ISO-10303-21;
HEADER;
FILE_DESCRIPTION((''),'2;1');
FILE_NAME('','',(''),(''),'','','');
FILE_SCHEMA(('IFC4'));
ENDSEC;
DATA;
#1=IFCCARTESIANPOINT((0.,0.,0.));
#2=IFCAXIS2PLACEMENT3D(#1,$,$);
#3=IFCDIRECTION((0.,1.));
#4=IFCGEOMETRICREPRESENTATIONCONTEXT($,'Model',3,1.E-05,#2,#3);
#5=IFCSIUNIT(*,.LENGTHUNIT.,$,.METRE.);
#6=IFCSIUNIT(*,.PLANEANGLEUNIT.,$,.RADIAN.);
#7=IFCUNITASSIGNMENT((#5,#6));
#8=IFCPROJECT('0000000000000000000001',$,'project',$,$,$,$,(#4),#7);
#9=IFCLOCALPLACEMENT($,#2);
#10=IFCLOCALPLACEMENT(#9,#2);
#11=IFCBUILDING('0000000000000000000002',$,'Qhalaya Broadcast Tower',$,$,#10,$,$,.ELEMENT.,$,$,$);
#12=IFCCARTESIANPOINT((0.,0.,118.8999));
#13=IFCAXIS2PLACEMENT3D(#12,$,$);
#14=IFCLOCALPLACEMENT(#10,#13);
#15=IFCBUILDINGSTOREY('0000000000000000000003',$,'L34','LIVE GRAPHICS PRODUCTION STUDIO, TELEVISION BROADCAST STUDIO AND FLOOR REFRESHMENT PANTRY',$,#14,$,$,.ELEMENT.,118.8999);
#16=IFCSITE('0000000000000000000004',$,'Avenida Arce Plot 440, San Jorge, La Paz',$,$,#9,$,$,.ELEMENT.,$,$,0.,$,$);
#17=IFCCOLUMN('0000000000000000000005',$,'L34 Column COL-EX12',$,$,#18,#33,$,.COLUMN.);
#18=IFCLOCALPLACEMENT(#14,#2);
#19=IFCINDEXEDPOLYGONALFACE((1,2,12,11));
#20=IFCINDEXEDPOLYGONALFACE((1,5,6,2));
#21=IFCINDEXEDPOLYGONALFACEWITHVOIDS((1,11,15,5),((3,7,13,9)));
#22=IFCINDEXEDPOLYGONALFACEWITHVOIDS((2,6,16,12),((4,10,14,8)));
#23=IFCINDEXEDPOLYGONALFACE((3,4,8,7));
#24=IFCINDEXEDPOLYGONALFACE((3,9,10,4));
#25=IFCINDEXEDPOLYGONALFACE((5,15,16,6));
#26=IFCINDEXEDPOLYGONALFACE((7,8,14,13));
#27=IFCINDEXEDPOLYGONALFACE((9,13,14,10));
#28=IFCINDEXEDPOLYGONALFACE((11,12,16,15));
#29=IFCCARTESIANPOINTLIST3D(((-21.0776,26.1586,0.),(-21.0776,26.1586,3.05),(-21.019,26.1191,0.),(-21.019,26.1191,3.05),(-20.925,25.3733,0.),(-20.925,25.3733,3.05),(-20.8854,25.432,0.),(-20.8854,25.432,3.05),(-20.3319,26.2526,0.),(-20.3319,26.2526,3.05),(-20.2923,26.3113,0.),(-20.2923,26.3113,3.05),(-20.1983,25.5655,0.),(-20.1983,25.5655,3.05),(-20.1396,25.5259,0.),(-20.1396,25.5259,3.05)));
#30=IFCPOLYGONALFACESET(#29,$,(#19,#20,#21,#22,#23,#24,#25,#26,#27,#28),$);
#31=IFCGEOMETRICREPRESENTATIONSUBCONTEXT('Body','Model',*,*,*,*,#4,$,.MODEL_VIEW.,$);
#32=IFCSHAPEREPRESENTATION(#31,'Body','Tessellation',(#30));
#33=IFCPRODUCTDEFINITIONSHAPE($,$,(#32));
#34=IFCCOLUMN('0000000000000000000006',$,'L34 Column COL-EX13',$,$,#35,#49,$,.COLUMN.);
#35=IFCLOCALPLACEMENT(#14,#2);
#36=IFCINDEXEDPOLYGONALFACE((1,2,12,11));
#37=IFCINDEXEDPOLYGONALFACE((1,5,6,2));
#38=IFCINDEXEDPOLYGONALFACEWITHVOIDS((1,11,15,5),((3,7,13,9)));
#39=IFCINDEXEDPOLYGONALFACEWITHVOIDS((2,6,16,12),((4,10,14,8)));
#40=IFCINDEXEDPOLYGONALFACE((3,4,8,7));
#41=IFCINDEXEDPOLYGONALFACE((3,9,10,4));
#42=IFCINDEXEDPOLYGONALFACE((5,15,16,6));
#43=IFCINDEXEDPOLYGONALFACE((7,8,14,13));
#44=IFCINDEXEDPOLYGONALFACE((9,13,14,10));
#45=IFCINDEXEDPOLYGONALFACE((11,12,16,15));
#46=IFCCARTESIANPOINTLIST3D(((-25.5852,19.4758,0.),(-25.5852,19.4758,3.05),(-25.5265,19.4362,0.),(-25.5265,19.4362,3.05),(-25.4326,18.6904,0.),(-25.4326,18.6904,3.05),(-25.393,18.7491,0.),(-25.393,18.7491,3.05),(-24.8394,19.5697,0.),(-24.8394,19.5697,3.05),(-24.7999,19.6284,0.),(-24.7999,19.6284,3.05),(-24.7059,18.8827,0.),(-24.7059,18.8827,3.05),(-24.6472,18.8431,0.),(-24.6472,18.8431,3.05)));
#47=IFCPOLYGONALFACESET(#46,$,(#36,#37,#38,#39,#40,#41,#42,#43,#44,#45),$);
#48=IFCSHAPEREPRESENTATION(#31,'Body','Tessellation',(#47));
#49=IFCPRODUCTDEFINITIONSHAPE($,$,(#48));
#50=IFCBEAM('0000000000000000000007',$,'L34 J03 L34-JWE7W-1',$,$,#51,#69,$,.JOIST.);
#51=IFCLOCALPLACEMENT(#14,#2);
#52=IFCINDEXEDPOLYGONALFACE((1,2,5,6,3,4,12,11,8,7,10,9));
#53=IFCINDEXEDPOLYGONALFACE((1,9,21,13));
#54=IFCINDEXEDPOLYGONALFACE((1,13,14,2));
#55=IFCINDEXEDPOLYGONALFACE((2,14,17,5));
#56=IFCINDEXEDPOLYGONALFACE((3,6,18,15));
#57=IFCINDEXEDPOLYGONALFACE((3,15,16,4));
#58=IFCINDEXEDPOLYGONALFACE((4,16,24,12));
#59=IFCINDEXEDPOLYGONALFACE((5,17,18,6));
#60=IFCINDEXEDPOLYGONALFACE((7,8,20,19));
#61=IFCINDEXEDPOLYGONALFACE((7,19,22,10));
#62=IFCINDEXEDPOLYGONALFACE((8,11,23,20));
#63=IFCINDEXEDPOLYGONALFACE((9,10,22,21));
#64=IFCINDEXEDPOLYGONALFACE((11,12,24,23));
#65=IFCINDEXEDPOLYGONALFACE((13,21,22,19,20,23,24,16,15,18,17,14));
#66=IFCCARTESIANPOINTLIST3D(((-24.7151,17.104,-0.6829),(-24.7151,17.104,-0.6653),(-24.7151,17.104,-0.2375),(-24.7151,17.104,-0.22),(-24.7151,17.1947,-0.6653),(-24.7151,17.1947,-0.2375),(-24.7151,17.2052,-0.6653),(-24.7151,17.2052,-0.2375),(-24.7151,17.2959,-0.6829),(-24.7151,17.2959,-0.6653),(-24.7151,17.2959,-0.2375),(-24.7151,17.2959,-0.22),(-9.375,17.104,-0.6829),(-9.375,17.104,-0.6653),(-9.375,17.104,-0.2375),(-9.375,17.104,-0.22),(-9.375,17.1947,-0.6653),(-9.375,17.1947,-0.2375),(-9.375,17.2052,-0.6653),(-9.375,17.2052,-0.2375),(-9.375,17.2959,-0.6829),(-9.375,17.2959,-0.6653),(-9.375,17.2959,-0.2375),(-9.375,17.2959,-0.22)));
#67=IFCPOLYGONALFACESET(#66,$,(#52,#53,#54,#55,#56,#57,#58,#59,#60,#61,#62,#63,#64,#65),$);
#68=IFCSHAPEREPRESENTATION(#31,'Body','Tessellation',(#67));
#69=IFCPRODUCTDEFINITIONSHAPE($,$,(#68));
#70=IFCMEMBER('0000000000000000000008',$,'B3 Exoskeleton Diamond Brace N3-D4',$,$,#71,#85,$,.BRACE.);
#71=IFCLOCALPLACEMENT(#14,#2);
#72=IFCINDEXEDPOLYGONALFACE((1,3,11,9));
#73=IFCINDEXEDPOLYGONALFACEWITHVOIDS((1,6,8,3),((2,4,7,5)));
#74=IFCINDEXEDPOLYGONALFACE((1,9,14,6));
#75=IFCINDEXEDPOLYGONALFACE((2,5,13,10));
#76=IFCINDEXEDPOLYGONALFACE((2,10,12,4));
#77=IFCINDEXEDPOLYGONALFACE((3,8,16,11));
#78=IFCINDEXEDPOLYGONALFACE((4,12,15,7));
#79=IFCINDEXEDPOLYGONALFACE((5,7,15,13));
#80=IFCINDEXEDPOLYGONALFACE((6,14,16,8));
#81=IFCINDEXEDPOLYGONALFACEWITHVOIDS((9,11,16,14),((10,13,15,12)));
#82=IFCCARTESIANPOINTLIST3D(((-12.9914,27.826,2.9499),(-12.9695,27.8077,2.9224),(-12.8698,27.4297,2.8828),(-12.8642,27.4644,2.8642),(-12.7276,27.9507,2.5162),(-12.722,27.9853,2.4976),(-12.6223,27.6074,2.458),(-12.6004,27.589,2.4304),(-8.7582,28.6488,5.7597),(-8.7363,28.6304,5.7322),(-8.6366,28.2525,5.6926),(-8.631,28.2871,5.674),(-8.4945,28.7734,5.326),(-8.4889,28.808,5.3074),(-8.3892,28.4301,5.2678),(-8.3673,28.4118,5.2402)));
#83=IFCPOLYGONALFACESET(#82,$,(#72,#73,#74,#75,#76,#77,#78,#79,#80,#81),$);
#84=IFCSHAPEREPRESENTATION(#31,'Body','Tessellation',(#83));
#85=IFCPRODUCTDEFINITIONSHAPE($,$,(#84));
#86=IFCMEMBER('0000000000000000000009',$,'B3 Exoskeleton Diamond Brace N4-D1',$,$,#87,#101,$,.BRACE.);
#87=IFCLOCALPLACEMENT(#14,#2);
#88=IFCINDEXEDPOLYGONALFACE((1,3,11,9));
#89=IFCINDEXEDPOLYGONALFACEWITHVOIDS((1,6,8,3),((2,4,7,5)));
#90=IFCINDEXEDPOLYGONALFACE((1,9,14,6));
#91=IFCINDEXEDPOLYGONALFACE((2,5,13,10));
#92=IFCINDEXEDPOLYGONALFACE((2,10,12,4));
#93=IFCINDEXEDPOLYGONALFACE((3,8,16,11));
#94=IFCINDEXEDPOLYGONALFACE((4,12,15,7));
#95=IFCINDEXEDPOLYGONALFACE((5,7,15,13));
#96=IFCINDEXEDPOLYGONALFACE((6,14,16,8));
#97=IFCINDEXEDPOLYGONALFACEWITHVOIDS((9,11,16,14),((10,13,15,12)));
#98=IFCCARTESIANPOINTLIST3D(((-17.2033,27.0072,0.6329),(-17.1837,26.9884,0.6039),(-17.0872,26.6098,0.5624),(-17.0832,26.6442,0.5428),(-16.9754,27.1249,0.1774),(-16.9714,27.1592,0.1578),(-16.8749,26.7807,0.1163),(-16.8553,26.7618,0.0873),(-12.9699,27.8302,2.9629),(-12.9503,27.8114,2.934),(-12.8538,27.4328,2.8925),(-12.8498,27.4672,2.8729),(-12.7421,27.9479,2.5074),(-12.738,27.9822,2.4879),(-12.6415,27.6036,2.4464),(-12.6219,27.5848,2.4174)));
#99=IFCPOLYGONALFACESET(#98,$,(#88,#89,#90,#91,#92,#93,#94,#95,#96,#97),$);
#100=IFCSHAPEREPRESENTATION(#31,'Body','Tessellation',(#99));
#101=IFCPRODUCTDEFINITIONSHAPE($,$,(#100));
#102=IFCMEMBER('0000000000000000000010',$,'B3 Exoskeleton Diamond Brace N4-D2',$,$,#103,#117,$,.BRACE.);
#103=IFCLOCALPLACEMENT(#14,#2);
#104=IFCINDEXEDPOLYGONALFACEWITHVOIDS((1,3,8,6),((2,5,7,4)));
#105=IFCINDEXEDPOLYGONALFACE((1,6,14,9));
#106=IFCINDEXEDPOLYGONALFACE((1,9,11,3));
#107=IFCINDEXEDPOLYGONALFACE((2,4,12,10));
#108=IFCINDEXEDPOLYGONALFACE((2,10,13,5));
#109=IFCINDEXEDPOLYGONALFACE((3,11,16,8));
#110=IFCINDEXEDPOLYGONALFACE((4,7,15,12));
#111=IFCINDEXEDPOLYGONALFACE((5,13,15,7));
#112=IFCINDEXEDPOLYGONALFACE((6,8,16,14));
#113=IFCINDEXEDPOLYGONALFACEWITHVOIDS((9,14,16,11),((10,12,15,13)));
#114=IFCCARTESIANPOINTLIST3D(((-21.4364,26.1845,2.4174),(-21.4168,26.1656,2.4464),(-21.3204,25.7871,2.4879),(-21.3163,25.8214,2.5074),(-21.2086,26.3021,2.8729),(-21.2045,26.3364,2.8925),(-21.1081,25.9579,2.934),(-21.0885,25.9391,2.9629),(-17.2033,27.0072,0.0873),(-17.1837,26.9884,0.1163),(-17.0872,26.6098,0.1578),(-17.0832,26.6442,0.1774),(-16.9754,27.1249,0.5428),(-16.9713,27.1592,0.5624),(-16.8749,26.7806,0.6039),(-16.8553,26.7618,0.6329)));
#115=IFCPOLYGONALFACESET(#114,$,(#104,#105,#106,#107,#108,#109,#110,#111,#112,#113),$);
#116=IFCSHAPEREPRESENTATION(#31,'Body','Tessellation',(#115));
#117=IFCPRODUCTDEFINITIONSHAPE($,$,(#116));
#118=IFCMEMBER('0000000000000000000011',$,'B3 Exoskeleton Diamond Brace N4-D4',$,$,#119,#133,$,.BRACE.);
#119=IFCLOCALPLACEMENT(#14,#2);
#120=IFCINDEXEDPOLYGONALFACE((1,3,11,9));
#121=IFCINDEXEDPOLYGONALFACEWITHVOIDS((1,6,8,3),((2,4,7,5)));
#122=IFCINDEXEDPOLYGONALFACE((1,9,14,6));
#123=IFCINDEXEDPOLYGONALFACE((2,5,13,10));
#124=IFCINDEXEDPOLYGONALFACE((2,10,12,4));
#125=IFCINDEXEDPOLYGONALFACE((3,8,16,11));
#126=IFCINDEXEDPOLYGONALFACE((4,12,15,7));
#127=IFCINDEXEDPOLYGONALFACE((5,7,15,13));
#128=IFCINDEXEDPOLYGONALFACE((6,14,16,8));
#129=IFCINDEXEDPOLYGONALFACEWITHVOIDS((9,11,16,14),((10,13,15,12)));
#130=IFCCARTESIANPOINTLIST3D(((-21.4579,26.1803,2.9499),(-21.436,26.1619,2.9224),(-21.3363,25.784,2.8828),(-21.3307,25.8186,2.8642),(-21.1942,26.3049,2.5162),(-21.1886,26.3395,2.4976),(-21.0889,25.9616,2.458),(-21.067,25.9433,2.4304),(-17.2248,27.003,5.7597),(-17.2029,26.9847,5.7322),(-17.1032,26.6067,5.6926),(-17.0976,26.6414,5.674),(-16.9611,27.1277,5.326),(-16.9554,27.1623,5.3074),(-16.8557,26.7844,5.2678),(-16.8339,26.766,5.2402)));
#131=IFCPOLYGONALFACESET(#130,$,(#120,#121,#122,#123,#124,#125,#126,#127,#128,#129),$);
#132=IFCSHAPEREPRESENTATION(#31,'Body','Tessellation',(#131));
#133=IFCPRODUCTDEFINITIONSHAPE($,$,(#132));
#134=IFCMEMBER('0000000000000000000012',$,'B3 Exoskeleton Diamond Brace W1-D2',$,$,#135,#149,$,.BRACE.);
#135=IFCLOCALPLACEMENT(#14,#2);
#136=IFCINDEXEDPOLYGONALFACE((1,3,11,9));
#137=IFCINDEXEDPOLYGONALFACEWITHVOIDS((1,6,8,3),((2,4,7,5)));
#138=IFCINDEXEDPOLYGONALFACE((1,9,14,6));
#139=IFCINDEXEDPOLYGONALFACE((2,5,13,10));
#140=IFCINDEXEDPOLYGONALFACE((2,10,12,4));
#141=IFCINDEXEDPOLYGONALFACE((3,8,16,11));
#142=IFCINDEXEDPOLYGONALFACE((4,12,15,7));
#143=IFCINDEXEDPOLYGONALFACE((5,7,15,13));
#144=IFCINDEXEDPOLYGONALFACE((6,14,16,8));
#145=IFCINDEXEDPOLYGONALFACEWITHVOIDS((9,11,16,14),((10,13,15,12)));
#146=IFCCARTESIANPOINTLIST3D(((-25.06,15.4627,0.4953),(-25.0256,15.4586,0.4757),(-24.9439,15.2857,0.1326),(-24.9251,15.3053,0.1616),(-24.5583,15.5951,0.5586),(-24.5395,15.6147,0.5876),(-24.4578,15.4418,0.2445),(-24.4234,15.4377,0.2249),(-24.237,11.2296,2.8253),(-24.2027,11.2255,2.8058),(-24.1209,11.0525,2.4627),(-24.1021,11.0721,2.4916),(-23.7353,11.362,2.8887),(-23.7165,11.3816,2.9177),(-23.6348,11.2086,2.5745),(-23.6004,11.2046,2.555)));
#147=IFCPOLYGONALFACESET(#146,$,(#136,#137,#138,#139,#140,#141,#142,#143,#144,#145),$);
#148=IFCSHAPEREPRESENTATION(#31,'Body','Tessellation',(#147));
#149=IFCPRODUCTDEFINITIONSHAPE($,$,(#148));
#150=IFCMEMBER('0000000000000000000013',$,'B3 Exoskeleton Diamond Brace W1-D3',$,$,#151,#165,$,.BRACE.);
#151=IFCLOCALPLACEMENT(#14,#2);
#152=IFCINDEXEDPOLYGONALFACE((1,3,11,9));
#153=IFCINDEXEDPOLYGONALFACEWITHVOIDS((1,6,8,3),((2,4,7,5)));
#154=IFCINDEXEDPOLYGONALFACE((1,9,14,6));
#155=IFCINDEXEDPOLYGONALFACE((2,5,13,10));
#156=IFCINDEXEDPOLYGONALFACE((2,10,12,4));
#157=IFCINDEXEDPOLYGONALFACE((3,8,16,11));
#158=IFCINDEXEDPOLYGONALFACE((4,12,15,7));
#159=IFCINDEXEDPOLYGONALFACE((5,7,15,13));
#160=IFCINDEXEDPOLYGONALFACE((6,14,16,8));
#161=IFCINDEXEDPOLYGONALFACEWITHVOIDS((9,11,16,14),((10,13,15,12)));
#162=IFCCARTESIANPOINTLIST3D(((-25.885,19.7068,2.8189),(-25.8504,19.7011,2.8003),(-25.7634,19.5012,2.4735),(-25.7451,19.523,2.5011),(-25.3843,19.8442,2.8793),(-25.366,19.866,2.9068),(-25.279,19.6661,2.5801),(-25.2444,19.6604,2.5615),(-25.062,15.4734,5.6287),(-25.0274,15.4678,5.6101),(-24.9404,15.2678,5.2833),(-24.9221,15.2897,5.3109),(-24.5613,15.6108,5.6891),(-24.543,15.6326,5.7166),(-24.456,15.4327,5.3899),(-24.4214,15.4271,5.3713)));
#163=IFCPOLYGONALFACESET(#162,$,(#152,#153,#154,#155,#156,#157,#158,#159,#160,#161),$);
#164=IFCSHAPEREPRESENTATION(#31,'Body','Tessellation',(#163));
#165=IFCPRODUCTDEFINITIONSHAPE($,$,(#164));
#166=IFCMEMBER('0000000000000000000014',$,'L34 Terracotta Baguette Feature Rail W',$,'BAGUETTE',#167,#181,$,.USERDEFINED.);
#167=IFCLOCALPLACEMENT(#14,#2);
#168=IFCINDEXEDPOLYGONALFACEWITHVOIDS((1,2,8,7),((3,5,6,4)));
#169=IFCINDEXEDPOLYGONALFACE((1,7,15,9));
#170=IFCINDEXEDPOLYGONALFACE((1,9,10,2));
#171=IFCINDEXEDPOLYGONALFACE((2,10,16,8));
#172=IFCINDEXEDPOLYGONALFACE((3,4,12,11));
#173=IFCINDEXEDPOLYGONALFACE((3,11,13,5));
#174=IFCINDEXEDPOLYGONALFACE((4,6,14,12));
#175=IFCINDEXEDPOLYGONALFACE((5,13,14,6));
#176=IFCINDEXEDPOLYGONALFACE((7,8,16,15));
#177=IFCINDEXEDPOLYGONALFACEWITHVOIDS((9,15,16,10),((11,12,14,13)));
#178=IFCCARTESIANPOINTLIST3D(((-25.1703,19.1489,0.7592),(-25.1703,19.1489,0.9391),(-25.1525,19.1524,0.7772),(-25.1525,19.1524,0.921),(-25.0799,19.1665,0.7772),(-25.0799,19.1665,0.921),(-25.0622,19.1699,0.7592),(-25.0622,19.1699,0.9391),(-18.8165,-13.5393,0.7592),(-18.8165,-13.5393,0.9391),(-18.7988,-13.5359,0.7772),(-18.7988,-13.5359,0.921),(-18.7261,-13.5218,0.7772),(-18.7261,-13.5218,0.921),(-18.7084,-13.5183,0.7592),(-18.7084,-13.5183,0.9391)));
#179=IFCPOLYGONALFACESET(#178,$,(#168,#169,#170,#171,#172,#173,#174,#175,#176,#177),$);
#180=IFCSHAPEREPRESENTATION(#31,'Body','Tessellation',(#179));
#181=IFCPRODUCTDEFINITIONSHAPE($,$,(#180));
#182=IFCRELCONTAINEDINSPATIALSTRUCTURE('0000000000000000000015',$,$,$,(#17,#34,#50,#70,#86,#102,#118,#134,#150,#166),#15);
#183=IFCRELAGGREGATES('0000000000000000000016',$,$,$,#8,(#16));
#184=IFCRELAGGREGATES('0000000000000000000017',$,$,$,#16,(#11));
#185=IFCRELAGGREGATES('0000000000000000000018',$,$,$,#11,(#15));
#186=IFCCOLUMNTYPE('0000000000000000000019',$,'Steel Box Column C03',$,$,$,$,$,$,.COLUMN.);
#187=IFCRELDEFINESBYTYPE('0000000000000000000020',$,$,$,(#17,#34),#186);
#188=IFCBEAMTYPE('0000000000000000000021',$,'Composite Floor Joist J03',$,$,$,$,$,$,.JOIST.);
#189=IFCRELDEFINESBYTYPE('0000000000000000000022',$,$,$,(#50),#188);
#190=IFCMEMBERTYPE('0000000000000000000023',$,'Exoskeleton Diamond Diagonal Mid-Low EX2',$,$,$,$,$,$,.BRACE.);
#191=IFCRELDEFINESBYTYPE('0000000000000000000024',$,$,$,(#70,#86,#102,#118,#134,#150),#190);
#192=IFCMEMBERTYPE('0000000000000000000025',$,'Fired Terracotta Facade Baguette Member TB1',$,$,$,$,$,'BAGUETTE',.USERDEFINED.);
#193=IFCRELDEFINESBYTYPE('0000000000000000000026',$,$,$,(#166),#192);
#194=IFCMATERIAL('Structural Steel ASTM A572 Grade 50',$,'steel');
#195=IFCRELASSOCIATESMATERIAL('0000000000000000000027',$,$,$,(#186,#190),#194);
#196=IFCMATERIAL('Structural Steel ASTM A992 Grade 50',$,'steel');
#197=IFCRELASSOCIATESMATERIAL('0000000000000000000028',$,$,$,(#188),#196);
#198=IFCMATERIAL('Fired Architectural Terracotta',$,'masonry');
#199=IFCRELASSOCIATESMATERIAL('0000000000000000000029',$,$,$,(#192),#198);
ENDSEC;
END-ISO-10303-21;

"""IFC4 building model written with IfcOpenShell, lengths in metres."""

from ifc_helpers import new_model, si_unit, direction, frame, origin, origin_2d, place, context, subcontext, project, spatial, hollow_rectangle, i_section, extrude, material, material_profile, profile_set, type_object, element, save


model = new_model("IFC4")

# Units and contexts
model_context = context("Model", 3, precision=1e-05, world=origin(), true_north=direction((0.0, 1.0)))
body_context = subcontext(model_context, "Body", "Model", "MODEL_VIEW")
ifc_project = project(units=[si_unit("LENGTHUNIT", "METRE"), si_unit("PLANEANGLEUNIT", "RADIAN")], contexts=[model_context])

# Site, building, storey
site_placement = place(None, origin())
site = spatial("IfcSite", under=ifc_project, at=site_placement, Name="Avenida Arce Plot 440, San Jorge, La Paz", CompositionType="ELEMENT", RefElevation=0.0)
building_placement = place(site_placement, origin())
building = spatial("IfcBuilding", under=site, at=building_placement, Name="Qhalaya Broadcast Tower", CompositionType="ELEMENT")
storey_placement = place(building_placement, frame((0.0, 0.0, 118.8999)))
storey = spatial("IfcBuildingStorey", under=building, at=storey_placement, Name="L34", Description="LIVE GRAPHICS PRODUCTION STUDIO, TELEVISION BROADCAST STUDIO AND FLOOR REFRESHMENT PANTRY", CompositionType="ELEMENT", Elevation=118.8999)

# Columns
ifc_material_1 = material(Name="Structural Steel ASTM A572 Grade 50", Category="steel")
ifc_material_profile_1 = material_profile(ifc_material_1, hollow_rectangle(XDim=0.8, YDim=0.8, WallThickness=0.05, at=origin_2d()), Name="BOX 800x800x50")
ifc_profile_set_1 = profile_set([ifc_material_profile_1], Name="Structural Steel ASTM A572 Grade 50")
column_type = type_object("IfcColumnType", Name="Steel Box Column C03", PredefinedType="COLUMN", material=ifc_profile_set_1)
for number, where, z_axis, x_axis, name in (
    (1, (-20.6086, 25.8423, 0.0), (0.0, 0.0, 1.0), (0.981627, 0.190809, 0.0), "L34 Column COL-EX12"),
    (2, (-25.1162, 19.1594, 0.0), (0.0, 0.0, 1.0), (-0.190809, 0.981627, 0.0), "L34 Column COL-EX13"),
):
    element("IfcColumn", number, at=place(storey_placement, frame(where, z_axis=z_axis, x_axis=x_axis)), inside=storey, type_object=column_type, Name=name, PredefinedType="COLUMN", context=body_context, shape_type="SweptSolid", body=[
        extrude(hollow_rectangle(XDim=0.8, YDim=0.8, WallThickness=0.05, at=origin_2d()), origin(), (0.0, 0.0, 1.0), 3.05),
    ])

# Beam
ifc_material_2 = material(Name="Structural Steel ASTM A992 Grade 50", Category="steel")
ifc_material_profile_2 = material_profile(ifc_material_2, i_section(OverallWidth=0.1919, OverallDepth=0.4629, WebThickness=0.0105, FlangeThickness=0.0176, at=origin_2d()), Name="W18X60")
ifc_profile_set_2 = profile_set([ifc_material_profile_2], Name="Structural Steel ASTM A992 Grade 50")
beam_type_1 = type_object("IfcBeamType", Name="Composite Floor Joist J03", PredefinedType="JOIST", material=ifc_profile_set_2)
beam_1_placement = place(storey_placement, frame((-24.7151, 17.2, -0.4514), z_axis=(1.0, 0.0, 0.0), x_axis=(0.0, 1.0, 0.0)))
element("IfcBeam", 3, at=beam_1_placement, inside=storey, type_object=beam_type_1, Name="L34 J03 L34-JWE7W-1", PredefinedType="JOIST", context=body_context, shape_type="SweptSolid", body=[
    extrude(i_section(OverallWidth=0.1919, OverallDepth=0.4629, WebThickness=0.0105, FlangeThickness=0.0176, at=origin_2d()), origin(), (0.0, 0.0, 1.0), 15.3401),
])

# Members
ifc_material_profile_3 = material_profile(ifc_material_1, hollow_rectangle(XDim=0.4199, YDim=0.55, WallThickness=0.0281, at=origin_2d()), Name="BOX 420x550x28")
ifc_profile_set_3 = profile_set([ifc_material_profile_3], Name="Structural Steel ASTM A572 Grade 50")
member_type_1 = type_object("IfcMemberType", Name="Exoskeleton Diamond Diagonal Mid-Low EX2", PredefinedType="BRACE", material=ifc_profile_set_3)
member_1_placement = place(storey_placement, frame((-12.7959, 27.7075, 2.6902), z_axis=(0.822451, 0.159851, 0.545913), x_axis=(-0.289536, 0.943722, 0.159868)))
element("IfcMember", 4, at=member_1_placement, inside=storey, type_object=member_type_1, Name="B3 Exoskeleton Diamond Brace N3-D4", PredefinedType="BRACE", context=body_context, shape_type="SweptSolid", body=[
    extrude(hollow_rectangle(XDim=0.4199, YDim=0.55, WallThickness=0.0281, at=origin_2d()), origin(), (0.0, 0.0, 1.0), 5.147),
])
member_2_placement = place(storey_placement, frame((-17.0293, 26.8845, 0.3601), z_axis=(0.863631, 0.167895, 0.475346), x_axis=(-0.276361, 0.946279, 0.167874)))
element("IfcMember", 5, at=member_2_placement, inside=storey, type_object=member_type_1, Name="B3 Exoskeleton Diamond Brace N4-D1", PredefinedType="BRACE", context=body_context, shape_type="SweptSolid", body=[
    extrude(hollow_rectangle(XDim=0.4199, YDim=0.55, WallThickness=0.0281, at=origin_2d()), origin(), (0.0, 0.0, 1.0), 4.9019),
])
member_3_placement = place(storey_placement, frame((-17.0293, 26.8845, 0.3601), z_axis=(-0.863625, -0.167854, 0.47537), x_axis=(0.276323, -0.94629, 0.167871)))
element("IfcMember", 6, at=member_3_placement, inside=storey, type_object=member_type_1, Name="B3 Exoskeleton Diamond Brace N4-D2", PredefinedType="BRACE", context=body_context, shape_type="SweptSolid", body=[
    extrude(hollow_rectangle(XDim=0.4199, YDim=0.55, WallThickness=0.0281, at=origin_2d()), origin(), (0.0, 0.0, 1.0), 4.9016),
])
member_4_placement = place(storey_placement, frame((-21.2625, 26.0618, 2.6902), z_axis=(0.822451, 0.159851, 0.545913), x_axis=(-0.289536, 0.943722, 0.159868)))
element("IfcMember", 7, at=member_4_placement, inside=storey, type_object=member_type_1, Name="B3 Exoskeleton Diamond Brace N4-D4", PredefinedType="BRACE", context=body_context, shape_type="SweptSolid", body=[
    extrude(hollow_rectangle(XDim=0.4199, YDim=0.55, WallThickness=0.0281, at=origin_2d()), origin(), (0.0, 0.0, 1.0), 5.147),
])
member_5_placement = place(storey_placement, frame((-24.7417, 15.4502, 0.3601), z_axis=(0.167902, -0.863618, 0.475366), x_axis=(-0.276356, 0.421641, 0.863624)))
element("IfcMember", 8, at=member_5_placement, inside=storey, type_object=member_type_1, Name="B3 Exoskeleton Diamond Brace W1-D2", PredefinedType="BRACE", context=body_context, shape_type="SweptSolid", body=[
    extrude(hollow_rectangle(XDim=0.4199, YDim=0.55, WallThickness=0.0281, at=origin_2d()), origin(), (0.0, 0.0, 1.0), 4.9016),
])
member_6_placement = place(storey_placement, frame((-25.5647, 19.6836, 2.6902), z_axis=(0.159891, -0.82246, 0.545888), x_axis=(-0.289562, 0.489598, 0.822464)))
element("IfcMember", 9, at=member_6_placement, inside=storey, type_object=member_type_1, Name="B3 Exoskeleton Diamond Brace W1-D3", PredefinedType="BRACE", context=body_context, shape_type="SweptSolid", body=[
    extrude(hollow_rectangle(XDim=0.4199, YDim=0.55, WallThickness=0.0281, at=origin_2d()), origin(), (0.0, 0.0, 1.0), 5.1472),
])
ifc_material_3 = material(Name="Fired Architectural Terracotta", Category="masonry")
ifc_material_profile_4 = material_profile(ifc_material_3, hollow_rectangle(XDim=0.1101, YDim=0.1799, WallThickness=0.0181, at=origin_2d()), Name="TB-BAG 110x180x18")
ifc_profile_set_4 = profile_set([ifc_material_profile_4], Name="Fired Architectural Terracotta")
member_type_2 = type_object("IfcMemberType", Name="Fired Terracotta Facade Baguette Member TB1", ElementType="BAGUETTE", PredefinedType="USERDEFINED", material=ifc_profile_set_4)
member_7_placement = place(storey_placement, frame((-25.1162, 19.1594, 0.8491), z_axis=(0.190804, -0.981628, 0.0), x_axis=(0.981628, 0.190804, 0.0)))
element("IfcMember", 10, at=member_7_placement, inside=storey, type_object=member_type_2, Name="L34 Terracotta Baguette Feature Rail W", ObjectType="BAGUETTE", PredefinedType="USERDEFINED", context=body_context, shape_type="SweptSolid", body=[
    extrude(hollow_rectangle(XDim=0.1101, YDim=0.1799, WallThickness=0.0181, at=origin_2d()), origin(), (0.0, 0.0, 1.0), 33.3),
])

save(model, "model.ifc")
